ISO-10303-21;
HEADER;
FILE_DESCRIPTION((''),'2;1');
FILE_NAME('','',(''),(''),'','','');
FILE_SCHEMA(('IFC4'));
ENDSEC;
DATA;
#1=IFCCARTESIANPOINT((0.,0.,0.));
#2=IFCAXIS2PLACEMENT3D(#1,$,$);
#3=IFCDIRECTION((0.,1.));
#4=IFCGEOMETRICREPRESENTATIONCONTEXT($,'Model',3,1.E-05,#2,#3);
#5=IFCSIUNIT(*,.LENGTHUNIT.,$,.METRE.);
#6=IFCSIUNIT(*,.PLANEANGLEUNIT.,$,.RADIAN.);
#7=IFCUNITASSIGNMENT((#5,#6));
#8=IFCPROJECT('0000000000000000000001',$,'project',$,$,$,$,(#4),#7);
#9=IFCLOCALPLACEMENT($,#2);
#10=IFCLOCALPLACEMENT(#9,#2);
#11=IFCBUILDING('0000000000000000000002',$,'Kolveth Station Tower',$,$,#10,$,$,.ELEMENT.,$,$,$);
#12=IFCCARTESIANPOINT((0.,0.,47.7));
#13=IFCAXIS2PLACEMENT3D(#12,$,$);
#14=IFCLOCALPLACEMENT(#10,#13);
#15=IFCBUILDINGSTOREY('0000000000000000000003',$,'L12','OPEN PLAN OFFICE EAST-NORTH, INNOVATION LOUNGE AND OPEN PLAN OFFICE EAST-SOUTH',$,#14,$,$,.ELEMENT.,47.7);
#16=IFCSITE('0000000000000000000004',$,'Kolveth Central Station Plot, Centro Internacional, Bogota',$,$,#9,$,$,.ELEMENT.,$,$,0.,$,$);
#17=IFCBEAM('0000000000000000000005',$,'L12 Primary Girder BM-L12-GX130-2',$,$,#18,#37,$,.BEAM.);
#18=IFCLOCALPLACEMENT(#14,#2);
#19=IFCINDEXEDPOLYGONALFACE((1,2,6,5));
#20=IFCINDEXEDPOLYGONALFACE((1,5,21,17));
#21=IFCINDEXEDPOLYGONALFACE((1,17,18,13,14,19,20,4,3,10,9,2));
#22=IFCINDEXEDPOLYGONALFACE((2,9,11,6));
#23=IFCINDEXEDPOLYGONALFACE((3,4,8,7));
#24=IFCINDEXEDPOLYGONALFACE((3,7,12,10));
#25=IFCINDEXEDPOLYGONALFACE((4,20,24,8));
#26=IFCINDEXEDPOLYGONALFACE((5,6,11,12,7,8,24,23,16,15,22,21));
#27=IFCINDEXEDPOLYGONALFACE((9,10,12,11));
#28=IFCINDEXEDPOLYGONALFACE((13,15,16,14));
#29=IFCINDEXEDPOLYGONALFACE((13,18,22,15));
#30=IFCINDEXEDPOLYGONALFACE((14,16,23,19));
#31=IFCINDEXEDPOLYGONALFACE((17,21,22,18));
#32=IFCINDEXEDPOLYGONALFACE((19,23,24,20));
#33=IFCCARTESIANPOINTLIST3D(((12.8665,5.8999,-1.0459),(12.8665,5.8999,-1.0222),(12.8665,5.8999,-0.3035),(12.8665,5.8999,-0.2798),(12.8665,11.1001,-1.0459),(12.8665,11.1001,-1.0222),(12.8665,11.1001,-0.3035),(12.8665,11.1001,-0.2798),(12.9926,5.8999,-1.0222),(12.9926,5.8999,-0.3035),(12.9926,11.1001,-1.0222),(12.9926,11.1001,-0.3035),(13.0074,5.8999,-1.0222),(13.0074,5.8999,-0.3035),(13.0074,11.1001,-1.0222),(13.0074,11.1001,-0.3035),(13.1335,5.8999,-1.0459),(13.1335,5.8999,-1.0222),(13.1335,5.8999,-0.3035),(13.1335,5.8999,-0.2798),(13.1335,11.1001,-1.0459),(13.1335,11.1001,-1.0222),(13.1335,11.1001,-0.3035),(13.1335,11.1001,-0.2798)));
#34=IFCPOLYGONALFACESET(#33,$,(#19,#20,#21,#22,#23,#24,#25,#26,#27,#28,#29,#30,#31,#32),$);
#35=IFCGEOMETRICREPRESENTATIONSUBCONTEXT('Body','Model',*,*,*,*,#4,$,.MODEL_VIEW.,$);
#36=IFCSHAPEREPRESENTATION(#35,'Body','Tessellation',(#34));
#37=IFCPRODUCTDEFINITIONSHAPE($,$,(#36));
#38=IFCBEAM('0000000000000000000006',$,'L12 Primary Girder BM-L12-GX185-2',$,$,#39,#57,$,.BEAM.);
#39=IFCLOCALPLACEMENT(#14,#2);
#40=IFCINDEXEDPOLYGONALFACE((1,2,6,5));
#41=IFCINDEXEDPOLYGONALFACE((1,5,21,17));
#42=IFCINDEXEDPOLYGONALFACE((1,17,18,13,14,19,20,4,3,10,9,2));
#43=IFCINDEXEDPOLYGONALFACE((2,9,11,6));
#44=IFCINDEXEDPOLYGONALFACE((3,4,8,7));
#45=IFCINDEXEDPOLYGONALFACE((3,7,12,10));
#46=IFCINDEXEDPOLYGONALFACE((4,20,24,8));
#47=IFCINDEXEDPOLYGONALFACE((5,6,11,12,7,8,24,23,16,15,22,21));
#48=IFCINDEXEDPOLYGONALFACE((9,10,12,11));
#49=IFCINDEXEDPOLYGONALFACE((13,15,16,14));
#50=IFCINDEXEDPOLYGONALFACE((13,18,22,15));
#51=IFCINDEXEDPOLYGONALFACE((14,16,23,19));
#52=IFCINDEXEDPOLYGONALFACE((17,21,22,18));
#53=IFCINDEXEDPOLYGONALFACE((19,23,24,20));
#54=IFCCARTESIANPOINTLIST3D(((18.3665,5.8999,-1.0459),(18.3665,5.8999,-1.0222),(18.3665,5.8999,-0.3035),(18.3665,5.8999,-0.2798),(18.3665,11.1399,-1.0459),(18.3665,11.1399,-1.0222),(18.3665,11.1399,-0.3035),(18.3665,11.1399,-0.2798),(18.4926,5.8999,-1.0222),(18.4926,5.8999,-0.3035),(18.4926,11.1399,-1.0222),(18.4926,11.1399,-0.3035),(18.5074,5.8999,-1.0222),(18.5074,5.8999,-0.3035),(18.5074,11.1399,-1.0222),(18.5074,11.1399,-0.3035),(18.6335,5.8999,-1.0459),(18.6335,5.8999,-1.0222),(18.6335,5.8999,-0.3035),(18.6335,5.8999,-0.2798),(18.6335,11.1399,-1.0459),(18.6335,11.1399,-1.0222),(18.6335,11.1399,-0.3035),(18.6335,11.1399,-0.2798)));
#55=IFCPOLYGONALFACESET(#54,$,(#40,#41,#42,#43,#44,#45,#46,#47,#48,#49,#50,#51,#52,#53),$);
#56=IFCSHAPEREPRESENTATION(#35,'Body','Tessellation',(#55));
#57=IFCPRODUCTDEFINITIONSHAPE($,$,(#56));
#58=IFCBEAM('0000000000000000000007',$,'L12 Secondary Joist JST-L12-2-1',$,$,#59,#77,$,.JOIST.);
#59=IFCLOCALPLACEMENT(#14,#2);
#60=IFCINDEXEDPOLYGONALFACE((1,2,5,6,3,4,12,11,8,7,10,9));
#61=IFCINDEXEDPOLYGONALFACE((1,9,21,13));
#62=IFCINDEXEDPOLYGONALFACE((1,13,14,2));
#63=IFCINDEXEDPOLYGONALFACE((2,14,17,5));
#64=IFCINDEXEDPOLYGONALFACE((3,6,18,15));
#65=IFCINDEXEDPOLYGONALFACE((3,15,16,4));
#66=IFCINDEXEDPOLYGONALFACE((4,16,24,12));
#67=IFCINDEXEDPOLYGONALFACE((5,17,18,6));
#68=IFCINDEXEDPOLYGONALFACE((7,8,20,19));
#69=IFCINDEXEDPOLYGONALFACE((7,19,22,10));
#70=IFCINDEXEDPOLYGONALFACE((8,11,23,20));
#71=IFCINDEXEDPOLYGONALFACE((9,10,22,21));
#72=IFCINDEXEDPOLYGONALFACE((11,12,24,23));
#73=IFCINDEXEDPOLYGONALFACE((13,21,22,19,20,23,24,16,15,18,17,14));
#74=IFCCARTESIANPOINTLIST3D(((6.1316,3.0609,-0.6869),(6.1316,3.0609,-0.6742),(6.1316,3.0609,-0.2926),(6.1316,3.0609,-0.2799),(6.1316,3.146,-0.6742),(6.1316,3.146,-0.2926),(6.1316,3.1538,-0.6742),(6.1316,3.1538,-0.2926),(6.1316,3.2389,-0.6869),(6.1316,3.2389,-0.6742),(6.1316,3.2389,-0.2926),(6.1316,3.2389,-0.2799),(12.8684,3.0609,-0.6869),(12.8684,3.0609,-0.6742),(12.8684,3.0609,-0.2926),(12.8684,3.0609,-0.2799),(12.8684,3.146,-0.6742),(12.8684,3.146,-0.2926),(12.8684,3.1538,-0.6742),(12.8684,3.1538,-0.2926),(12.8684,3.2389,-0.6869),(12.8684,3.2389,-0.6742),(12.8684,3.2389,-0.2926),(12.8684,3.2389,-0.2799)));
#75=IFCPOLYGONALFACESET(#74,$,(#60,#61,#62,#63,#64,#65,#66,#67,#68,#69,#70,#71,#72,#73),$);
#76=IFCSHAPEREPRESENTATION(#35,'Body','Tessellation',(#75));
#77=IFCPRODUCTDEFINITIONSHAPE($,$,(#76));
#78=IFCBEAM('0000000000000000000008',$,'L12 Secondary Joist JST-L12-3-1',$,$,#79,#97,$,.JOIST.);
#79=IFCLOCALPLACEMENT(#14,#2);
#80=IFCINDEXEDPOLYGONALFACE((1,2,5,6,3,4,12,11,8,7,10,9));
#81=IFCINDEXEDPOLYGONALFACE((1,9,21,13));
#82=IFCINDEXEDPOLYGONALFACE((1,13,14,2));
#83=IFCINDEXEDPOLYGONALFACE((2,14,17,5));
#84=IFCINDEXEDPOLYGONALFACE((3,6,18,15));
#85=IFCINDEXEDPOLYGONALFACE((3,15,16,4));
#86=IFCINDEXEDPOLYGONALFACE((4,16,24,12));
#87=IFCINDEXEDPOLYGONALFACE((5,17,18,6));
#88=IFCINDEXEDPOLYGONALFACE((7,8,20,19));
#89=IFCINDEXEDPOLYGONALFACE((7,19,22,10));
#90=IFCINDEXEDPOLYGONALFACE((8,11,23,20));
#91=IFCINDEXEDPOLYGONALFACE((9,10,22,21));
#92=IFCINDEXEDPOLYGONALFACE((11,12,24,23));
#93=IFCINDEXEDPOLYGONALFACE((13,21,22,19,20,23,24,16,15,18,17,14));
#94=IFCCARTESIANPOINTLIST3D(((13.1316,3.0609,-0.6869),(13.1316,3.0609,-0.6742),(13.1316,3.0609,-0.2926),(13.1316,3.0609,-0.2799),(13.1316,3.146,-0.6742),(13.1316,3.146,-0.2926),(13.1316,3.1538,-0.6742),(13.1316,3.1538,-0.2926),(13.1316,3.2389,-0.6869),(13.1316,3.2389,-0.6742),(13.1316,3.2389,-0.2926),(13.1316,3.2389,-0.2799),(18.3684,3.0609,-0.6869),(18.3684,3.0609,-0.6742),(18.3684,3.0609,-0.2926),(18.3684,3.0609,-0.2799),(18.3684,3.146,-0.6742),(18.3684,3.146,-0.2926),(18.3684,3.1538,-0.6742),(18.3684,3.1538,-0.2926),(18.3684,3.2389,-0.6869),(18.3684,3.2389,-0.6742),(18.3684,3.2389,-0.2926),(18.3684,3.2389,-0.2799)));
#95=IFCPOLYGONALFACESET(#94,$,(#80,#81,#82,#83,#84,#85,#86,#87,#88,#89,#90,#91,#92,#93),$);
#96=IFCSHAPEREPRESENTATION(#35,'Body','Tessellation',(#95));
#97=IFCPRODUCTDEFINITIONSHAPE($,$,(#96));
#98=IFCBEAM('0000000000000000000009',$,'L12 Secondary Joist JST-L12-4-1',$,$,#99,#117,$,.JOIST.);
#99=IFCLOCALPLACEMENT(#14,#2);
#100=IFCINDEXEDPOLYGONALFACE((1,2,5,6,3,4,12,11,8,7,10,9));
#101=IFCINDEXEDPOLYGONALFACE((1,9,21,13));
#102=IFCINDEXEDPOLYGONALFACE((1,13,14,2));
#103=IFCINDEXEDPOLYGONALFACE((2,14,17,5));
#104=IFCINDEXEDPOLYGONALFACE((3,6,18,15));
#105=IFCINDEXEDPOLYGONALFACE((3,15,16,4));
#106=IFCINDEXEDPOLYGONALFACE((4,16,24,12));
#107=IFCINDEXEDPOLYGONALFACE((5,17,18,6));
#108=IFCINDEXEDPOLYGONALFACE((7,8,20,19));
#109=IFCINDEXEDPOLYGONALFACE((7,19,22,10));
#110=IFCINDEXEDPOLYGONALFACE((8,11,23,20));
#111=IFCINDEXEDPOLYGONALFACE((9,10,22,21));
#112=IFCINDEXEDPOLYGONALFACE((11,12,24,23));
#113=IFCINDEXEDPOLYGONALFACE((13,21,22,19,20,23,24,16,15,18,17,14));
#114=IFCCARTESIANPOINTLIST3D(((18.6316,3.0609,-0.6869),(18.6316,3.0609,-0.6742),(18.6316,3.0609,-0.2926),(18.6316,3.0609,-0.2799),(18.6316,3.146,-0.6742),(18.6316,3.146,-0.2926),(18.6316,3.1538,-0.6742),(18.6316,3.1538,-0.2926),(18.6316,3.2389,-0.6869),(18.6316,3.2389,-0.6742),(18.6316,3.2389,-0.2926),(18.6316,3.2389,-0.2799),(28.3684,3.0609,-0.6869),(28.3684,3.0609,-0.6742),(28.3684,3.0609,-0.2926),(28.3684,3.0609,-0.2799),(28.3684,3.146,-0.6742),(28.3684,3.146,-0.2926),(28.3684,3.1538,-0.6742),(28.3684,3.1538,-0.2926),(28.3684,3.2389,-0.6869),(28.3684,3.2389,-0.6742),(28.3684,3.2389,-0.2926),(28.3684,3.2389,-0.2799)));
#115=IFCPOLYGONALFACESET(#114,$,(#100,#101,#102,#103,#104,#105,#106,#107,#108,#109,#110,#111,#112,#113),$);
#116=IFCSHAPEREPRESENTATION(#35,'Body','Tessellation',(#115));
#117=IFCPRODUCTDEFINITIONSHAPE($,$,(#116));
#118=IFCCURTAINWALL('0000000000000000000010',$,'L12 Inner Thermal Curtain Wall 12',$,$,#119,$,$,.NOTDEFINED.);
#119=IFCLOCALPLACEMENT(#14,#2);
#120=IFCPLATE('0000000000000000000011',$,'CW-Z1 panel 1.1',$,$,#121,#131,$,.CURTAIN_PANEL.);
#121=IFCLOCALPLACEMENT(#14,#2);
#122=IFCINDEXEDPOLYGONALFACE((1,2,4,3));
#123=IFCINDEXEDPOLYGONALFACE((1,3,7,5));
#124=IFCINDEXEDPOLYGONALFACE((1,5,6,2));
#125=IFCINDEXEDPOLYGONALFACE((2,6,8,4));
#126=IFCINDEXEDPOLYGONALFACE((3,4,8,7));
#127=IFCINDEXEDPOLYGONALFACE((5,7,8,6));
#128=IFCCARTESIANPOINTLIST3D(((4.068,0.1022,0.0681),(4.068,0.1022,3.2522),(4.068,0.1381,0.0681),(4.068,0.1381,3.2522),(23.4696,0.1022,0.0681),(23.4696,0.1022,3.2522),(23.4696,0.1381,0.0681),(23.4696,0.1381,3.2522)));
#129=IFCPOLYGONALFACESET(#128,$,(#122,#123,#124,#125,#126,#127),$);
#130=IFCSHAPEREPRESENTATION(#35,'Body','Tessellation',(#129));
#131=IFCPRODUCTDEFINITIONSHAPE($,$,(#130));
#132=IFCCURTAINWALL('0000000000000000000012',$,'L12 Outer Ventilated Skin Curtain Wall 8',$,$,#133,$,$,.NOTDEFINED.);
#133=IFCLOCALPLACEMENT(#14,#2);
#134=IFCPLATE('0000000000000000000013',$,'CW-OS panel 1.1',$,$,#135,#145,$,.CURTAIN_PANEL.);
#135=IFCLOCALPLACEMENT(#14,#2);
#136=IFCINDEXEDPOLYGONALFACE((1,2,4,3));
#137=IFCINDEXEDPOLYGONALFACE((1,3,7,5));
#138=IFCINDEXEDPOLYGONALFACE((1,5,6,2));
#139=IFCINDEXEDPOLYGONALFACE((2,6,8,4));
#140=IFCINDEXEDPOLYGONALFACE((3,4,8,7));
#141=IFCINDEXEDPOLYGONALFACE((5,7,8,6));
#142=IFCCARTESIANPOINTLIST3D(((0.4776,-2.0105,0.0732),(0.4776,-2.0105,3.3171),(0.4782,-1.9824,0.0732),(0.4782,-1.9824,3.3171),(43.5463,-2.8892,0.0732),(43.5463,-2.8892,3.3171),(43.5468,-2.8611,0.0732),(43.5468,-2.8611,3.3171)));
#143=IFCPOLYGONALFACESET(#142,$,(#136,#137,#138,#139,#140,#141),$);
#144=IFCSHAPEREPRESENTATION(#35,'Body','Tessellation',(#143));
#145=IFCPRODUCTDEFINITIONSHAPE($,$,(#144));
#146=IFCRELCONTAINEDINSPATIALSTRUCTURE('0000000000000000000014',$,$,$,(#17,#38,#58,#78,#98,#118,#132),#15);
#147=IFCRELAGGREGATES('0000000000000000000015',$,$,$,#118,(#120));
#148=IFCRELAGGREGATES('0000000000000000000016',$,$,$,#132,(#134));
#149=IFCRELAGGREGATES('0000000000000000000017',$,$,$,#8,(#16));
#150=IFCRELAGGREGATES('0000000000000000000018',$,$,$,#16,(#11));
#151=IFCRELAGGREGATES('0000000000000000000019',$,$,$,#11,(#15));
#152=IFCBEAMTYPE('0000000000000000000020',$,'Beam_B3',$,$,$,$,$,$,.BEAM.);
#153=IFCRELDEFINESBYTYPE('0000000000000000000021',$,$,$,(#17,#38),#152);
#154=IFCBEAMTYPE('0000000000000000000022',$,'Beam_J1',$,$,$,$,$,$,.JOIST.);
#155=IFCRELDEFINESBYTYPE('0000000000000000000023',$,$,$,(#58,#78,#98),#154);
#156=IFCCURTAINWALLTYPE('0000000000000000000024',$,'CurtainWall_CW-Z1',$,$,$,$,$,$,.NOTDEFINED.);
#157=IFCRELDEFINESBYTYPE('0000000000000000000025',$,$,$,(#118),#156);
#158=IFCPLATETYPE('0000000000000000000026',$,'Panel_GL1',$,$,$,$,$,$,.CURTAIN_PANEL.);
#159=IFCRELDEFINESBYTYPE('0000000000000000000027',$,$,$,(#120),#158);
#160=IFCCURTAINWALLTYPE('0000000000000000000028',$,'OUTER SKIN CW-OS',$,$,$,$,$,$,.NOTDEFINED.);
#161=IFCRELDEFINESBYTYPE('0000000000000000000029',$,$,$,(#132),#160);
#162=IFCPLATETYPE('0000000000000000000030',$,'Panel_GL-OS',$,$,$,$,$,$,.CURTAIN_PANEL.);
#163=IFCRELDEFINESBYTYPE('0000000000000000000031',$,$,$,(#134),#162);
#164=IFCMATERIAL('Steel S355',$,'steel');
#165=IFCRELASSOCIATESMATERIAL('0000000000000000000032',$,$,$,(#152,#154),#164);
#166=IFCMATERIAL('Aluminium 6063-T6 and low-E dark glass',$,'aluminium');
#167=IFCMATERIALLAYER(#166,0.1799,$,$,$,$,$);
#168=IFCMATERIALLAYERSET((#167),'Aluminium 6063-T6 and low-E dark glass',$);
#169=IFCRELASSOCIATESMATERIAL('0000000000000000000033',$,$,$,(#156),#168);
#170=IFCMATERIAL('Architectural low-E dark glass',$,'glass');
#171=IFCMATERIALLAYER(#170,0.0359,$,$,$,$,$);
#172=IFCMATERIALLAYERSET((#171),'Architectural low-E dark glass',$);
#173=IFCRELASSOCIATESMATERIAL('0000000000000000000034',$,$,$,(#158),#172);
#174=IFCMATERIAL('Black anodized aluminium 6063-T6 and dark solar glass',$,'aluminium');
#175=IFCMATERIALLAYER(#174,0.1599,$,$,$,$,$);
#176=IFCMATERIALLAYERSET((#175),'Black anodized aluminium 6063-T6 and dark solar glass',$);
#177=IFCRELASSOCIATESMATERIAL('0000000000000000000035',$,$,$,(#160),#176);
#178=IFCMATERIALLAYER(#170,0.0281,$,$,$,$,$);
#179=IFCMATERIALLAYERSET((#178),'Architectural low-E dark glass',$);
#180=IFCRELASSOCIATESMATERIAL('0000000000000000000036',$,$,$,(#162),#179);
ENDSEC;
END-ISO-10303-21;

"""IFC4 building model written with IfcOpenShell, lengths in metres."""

from ifc_helpers import new_model, si_unit, direction, frame, origin, origin_2d, place, context, subcontext, project, spatial, rectangle, i_section, extrude, source, transform, mapped, material, layer, layer_set, material_profile, profile_set, type_object, element, aggregate, save


model = new_model("IFC4")

# Units and contexts
model_context = context("Model", 3, precision=1e-05, world=origin(), true_north=direction((0.0, 1.0)))
body_context = subcontext(model_context, "Body", "Model", "MODEL_VIEW")
ifc_project = project(units=[si_unit("LENGTHUNIT", "METRE"), si_unit("PLANEANGLEUNIT", "RADIAN")], contexts=[model_context])

# Site, building, storey
site_placement = place(None, origin())
site = spatial("IfcSite", under=ifc_project, at=site_placement, Name="Kolveth Central Station Plot, Centro Internacional, Bogota", CompositionType="ELEMENT", RefElevation=0.0)
building_placement = place(site_placement, origin())
building = spatial("IfcBuilding", under=site, at=building_placement, Name="Kolveth Station Tower", CompositionType="ELEMENT")
storey_placement = place(building_placement, frame((0.0, 0.0, 47.7)))
storey = spatial("IfcBuildingStorey", under=building, at=storey_placement, Name="L12", Description="OPEN PLAN OFFICE EAST-NORTH, INNOVATION LOUNGE AND OPEN PLAN OFFICE EAST-SOUTH", CompositionType="ELEMENT", Elevation=47.7)

# Shared definitions
ifc_material_1 = material(Name="Steel S355", Category="steel")

# Beams
ifc_material_profile_1 = material_profile(ifc_material_1, i_section(OverallWidth=0.2671, OverallDepth=0.7661, WebThickness=0.0149, FlangeThickness=0.0237, at=origin_2d()), Name="W760x185")
ifc_profile_set_1 = profile_set([ifc_material_profile_1], Name="Steel S355")
beam_type_1 = type_object("IfcBeamType", Name="Beam_B3", PredefinedType="BEAM", material=ifc_profile_set_1)
shared_shape_1 = source(origin(), body_context, "Body", "SweptSolid", [
    extrude(i_section(OverallWidth=0.2671, OverallDepth=0.7661, WebThickness=0.0149, FlangeThickness=0.0237, at=origin_2d()), origin(), (0.0, 0.0, 1.0), 5.2002),
])
for number, where, z_axis, x_axis, name in (
    (1, (13.0, 5.8999, -0.6628), (0.0, 1.0, 0.0), (-1.0, 0.0, 0.0), "L12 Primary Girder BM-L12-GX130-2"),
):
    element("IfcBeam", number, at=place(storey_placement, frame(where, z_axis=z_axis, x_axis=x_axis)), inside=storey, type_object=beam_type_1, Name=name, PredefinedType="BEAM", context=body_context, shape_type="MappedRepresentation", body=[
        mapped(shared_shape_1, transform((0.0, 0.0, 0.0), x_axis=(1.0, 0.0, 0.0), y_axis=(0.0, 1.0, 0.0), z_axis=(0.0, 0.0, 1.0), scale=1.0)),
    ])
shared_shape_2 = source(origin(), body_context, "Body", "SweptSolid", [
    extrude(i_section(OverallWidth=0.2671, OverallDepth=0.7661, WebThickness=0.0149, FlangeThickness=0.0237, at=origin_2d()), origin(), (0.0, 0.0, 1.0), 5.24),
])
beam_1_placement = place(storey_placement, frame((18.5, 5.8999, -0.6628), z_axis=(0.0, 1.0, 0.0), x_axis=(-1.0, 0.0, 0.0)))
element("IfcBeam", 2, at=beam_1_placement, inside=storey, type_object=beam_type_1, Name="L12 Primary Girder BM-L12-GX185-2", PredefinedType="BEAM", context=body_context, shape_type="MappedRepresentation", body=[
    mapped(shared_shape_2, transform((0.0, 0.0, 0.0), x_axis=(1.0, 0.0, 0.0), y_axis=(0.0, 1.0, 0.0), z_axis=(0.0, 0.0, 1.0), scale=1.0)),
])
ifc_material_profile_2 = material_profile(ifc_material_1, i_section(OverallWidth=0.178, OverallDepth=0.407, WebThickness=0.0078, FlangeThickness=0.0127, at=origin_2d()), Name="W410x60")
ifc_profile_set_2 = profile_set([ifc_material_profile_2], Name="Steel S355")
beam_type_2 = type_object("IfcBeamType", Name="Beam_J1", PredefinedType="JOIST", material=ifc_profile_set_2)
shared_shape_3 = source(origin(), body_context, "Body", "SweptSolid", [
    extrude(i_section(OverallWidth=0.178, OverallDepth=0.407, WebThickness=0.0078, FlangeThickness=0.0127, at=origin_2d()), origin(), (0.0, 0.0, 1.0), 6.7368),
])
beam_2_placement = place(storey_placement, frame((6.1316, 3.1499, -0.4834), z_axis=(1.0, 0.0, 0.0), x_axis=(0.0, 1.0, 0.0)))
element("IfcBeam", 3, at=beam_2_placement, inside=storey, type_object=beam_type_2, Name="L12 Secondary Joist JST-L12-2-1", PredefinedType="JOIST", context=body_context, shape_type="MappedRepresentation", body=[
    mapped(shared_shape_3, transform((0.0, 0.0, 0.0), x_axis=(1.0, 0.0, 0.0), y_axis=(0.0, 1.0, 0.0), z_axis=(0.0, 0.0, 1.0), scale=1.0)),
])
shared_shape_4 = source(origin(), body_context, "Body", "SweptSolid", [
    extrude(i_section(OverallWidth=0.178, OverallDepth=0.407, WebThickness=0.0078, FlangeThickness=0.0127, at=origin_2d()), origin(), (0.0, 0.0, 1.0), 5.2368),
])
beam_3_placement = place(storey_placement, frame((13.1316, 3.1499, -0.4834), z_axis=(1.0, 0.0, 0.0), x_axis=(0.0, 1.0, 0.0)))
element("IfcBeam", 4, at=beam_3_placement, inside=storey, type_object=beam_type_2, Name="L12 Secondary Joist JST-L12-3-1", PredefinedType="JOIST", context=body_context, shape_type="MappedRepresentation", body=[
    mapped(shared_shape_4, transform((0.0, 0.0, 0.0), x_axis=(1.0, 0.0, 0.0), y_axis=(0.0, 1.0, 0.0), z_axis=(0.0, 0.0, 1.0), scale=1.0)),
])
shared_shape_5 = source(origin(), body_context, "Body", "SweptSolid", [
    extrude(i_section(OverallWidth=0.178, OverallDepth=0.407, WebThickness=0.0078, FlangeThickness=0.0127, at=origin_2d()), origin(), (0.0, 0.0, 1.0), 9.7368),
])
beam_4_placement = place(storey_placement, frame((18.6316, 3.1499, -0.4834), z_axis=(1.0, 0.0, 0.0), x_axis=(0.0, 1.0, 0.0)))
element("IfcBeam", 5, at=beam_4_placement, inside=storey, type_object=beam_type_2, Name="L12 Secondary Joist JST-L12-4-1", PredefinedType="JOIST", context=body_context, shape_type="MappedRepresentation", body=[
    mapped(shared_shape_5, transform((0.0, 0.0, 0.0), x_axis=(1.0, 0.0, 0.0), y_axis=(0.0, 1.0, 0.0), z_axis=(0.0, 0.0, 1.0), scale=1.0)),
])

# Curtain walls, plates
ifc_material_2 = material(Name="Aluminium 6063-T6 and low-E dark glass", Category="aluminium")
ifc_layer_1 = layer(ifc_material_2, 0.1799)
ifc_layer_set_1 = layer_set([ifc_layer_1], Name="Aluminium 6063-T6 and low-E dark glass")
curtain_wall_type_1 = type_object("IfcCurtainWallType", Name="CurtainWall_CW-Z1", PredefinedType="NOTDEFINED", material=ifc_layer_set_1)
curtain_wall_1_placement = place(storey_placement, origin())
curtain_wall_1 = element("IfcCurtainWall", 6, at=curtain_wall_1_placement, inside=storey, type_object=curtain_wall_type_1, Name="L12 Inner Thermal Curtain Wall 12", PredefinedType="NOTDEFINED")
ifc_material_3 = material(Name="Architectural low-E dark glass", Category="glass")
ifc_layer_2 = layer(ifc_material_3, 0.0359)
ifc_layer_set_2 = layer_set([ifc_layer_2], Name="Architectural low-E dark glass")
plate_type_1 = type_object("IfcPlateType", Name="Panel_GL1", PredefinedType="CURTAIN_PANEL", material=ifc_layer_set_2)
shared_shape_6 = source(origin(), body_context, "Body", "SweptSolid", [
    extrude(rectangle(XDim=19.4016, YDim=0.0359, at=origin_2d()), origin(), (0.0, 0.0, 1.0), 3.1841),
])
plate_1_placement = place(storey_placement, frame((13.7688, 0.1201, 0.0681), z_axis=(0.0, 0.0, 1.0), x_axis=(1.0, 0.0, 0.0)))
plate_1 = element("IfcPlate", 7, at=plate_1_placement, type_object=plate_type_1, Name="CW-Z1 panel 1.1", PredefinedType="CURTAIN_PANEL", context=body_context, shape_type="MappedRepresentation", body=[
    mapped(shared_shape_6, transform((0.0, 0.0, 0.0), x_axis=(1.0, 0.0, 0.0), y_axis=(0.0, 1.0, 0.0), z_axis=(0.0, 0.0, 1.0), scale=1.0)),
])
aggregate(curtain_wall_1, [plate_1])
ifc_material_4 = material(Name="Black anodized aluminium 6063-T6 and dark solar glass", Category="aluminium")
ifc_layer_3 = layer(ifc_material_4, 0.1599)
ifc_layer_set_3 = layer_set([ifc_layer_3], Name="Black anodized aluminium 6063-T6 and dark solar glass")
curtain_wall_type_2 = type_object("IfcCurtainWallType", Name="OUTER SKIN CW-OS", PredefinedType="NOTDEFINED", material=ifc_layer_set_3)
curtain_wall_2_placement = place(storey_placement, origin())
curtain_wall_2 = element("IfcCurtainWall", 8, at=curtain_wall_2_placement, inside=storey, type_object=curtain_wall_type_2, Name="L12 Outer Ventilated Skin Curtain Wall 8", PredefinedType="NOTDEFINED")
ifc_layer_4 = layer(ifc_material_3, 0.0281)
ifc_layer_set_4 = layer_set([ifc_layer_4], Name="Architectural low-E dark glass")
plate_type_2 = type_object("IfcPlateType", Name="Panel_GL-OS", PredefinedType="CURTAIN_PANEL", material=ifc_layer_set_4)
shared_shape_7 = source(origin(), body_context, "Body", "SweptSolid", [
    extrude(rectangle(XDim=43.0776, YDim=0.0281, at=origin_2d()), origin(), (0.0, 0.0, 1.0), 3.2439),
])
plate_2_placement = place(storey_placement, frame((22.0122, -2.4358, 0.0732), z_axis=(0.0, 0.0, 1.0), x_axis=(0.999792, -0.020398, 0.0)))
plate_2 = element("IfcPlate", 9, at=plate_2_placement, type_object=plate_type_2, Name="CW-OS panel 1.1", PredefinedType="CURTAIN_PANEL", context=body_context, shape_type="MappedRepresentation", body=[
    mapped(shared_shape_7, transform((0.0, 0.0, 0.0), x_axis=(1.0, 0.0, 0.0), y_axis=(0.0, 1.0, 0.0), z_axis=(0.0, 0.0, 1.0), scale=1.0)),
])
aggregate(curtain_wall_2, [plate_2])

save(model, "model.ifc")
